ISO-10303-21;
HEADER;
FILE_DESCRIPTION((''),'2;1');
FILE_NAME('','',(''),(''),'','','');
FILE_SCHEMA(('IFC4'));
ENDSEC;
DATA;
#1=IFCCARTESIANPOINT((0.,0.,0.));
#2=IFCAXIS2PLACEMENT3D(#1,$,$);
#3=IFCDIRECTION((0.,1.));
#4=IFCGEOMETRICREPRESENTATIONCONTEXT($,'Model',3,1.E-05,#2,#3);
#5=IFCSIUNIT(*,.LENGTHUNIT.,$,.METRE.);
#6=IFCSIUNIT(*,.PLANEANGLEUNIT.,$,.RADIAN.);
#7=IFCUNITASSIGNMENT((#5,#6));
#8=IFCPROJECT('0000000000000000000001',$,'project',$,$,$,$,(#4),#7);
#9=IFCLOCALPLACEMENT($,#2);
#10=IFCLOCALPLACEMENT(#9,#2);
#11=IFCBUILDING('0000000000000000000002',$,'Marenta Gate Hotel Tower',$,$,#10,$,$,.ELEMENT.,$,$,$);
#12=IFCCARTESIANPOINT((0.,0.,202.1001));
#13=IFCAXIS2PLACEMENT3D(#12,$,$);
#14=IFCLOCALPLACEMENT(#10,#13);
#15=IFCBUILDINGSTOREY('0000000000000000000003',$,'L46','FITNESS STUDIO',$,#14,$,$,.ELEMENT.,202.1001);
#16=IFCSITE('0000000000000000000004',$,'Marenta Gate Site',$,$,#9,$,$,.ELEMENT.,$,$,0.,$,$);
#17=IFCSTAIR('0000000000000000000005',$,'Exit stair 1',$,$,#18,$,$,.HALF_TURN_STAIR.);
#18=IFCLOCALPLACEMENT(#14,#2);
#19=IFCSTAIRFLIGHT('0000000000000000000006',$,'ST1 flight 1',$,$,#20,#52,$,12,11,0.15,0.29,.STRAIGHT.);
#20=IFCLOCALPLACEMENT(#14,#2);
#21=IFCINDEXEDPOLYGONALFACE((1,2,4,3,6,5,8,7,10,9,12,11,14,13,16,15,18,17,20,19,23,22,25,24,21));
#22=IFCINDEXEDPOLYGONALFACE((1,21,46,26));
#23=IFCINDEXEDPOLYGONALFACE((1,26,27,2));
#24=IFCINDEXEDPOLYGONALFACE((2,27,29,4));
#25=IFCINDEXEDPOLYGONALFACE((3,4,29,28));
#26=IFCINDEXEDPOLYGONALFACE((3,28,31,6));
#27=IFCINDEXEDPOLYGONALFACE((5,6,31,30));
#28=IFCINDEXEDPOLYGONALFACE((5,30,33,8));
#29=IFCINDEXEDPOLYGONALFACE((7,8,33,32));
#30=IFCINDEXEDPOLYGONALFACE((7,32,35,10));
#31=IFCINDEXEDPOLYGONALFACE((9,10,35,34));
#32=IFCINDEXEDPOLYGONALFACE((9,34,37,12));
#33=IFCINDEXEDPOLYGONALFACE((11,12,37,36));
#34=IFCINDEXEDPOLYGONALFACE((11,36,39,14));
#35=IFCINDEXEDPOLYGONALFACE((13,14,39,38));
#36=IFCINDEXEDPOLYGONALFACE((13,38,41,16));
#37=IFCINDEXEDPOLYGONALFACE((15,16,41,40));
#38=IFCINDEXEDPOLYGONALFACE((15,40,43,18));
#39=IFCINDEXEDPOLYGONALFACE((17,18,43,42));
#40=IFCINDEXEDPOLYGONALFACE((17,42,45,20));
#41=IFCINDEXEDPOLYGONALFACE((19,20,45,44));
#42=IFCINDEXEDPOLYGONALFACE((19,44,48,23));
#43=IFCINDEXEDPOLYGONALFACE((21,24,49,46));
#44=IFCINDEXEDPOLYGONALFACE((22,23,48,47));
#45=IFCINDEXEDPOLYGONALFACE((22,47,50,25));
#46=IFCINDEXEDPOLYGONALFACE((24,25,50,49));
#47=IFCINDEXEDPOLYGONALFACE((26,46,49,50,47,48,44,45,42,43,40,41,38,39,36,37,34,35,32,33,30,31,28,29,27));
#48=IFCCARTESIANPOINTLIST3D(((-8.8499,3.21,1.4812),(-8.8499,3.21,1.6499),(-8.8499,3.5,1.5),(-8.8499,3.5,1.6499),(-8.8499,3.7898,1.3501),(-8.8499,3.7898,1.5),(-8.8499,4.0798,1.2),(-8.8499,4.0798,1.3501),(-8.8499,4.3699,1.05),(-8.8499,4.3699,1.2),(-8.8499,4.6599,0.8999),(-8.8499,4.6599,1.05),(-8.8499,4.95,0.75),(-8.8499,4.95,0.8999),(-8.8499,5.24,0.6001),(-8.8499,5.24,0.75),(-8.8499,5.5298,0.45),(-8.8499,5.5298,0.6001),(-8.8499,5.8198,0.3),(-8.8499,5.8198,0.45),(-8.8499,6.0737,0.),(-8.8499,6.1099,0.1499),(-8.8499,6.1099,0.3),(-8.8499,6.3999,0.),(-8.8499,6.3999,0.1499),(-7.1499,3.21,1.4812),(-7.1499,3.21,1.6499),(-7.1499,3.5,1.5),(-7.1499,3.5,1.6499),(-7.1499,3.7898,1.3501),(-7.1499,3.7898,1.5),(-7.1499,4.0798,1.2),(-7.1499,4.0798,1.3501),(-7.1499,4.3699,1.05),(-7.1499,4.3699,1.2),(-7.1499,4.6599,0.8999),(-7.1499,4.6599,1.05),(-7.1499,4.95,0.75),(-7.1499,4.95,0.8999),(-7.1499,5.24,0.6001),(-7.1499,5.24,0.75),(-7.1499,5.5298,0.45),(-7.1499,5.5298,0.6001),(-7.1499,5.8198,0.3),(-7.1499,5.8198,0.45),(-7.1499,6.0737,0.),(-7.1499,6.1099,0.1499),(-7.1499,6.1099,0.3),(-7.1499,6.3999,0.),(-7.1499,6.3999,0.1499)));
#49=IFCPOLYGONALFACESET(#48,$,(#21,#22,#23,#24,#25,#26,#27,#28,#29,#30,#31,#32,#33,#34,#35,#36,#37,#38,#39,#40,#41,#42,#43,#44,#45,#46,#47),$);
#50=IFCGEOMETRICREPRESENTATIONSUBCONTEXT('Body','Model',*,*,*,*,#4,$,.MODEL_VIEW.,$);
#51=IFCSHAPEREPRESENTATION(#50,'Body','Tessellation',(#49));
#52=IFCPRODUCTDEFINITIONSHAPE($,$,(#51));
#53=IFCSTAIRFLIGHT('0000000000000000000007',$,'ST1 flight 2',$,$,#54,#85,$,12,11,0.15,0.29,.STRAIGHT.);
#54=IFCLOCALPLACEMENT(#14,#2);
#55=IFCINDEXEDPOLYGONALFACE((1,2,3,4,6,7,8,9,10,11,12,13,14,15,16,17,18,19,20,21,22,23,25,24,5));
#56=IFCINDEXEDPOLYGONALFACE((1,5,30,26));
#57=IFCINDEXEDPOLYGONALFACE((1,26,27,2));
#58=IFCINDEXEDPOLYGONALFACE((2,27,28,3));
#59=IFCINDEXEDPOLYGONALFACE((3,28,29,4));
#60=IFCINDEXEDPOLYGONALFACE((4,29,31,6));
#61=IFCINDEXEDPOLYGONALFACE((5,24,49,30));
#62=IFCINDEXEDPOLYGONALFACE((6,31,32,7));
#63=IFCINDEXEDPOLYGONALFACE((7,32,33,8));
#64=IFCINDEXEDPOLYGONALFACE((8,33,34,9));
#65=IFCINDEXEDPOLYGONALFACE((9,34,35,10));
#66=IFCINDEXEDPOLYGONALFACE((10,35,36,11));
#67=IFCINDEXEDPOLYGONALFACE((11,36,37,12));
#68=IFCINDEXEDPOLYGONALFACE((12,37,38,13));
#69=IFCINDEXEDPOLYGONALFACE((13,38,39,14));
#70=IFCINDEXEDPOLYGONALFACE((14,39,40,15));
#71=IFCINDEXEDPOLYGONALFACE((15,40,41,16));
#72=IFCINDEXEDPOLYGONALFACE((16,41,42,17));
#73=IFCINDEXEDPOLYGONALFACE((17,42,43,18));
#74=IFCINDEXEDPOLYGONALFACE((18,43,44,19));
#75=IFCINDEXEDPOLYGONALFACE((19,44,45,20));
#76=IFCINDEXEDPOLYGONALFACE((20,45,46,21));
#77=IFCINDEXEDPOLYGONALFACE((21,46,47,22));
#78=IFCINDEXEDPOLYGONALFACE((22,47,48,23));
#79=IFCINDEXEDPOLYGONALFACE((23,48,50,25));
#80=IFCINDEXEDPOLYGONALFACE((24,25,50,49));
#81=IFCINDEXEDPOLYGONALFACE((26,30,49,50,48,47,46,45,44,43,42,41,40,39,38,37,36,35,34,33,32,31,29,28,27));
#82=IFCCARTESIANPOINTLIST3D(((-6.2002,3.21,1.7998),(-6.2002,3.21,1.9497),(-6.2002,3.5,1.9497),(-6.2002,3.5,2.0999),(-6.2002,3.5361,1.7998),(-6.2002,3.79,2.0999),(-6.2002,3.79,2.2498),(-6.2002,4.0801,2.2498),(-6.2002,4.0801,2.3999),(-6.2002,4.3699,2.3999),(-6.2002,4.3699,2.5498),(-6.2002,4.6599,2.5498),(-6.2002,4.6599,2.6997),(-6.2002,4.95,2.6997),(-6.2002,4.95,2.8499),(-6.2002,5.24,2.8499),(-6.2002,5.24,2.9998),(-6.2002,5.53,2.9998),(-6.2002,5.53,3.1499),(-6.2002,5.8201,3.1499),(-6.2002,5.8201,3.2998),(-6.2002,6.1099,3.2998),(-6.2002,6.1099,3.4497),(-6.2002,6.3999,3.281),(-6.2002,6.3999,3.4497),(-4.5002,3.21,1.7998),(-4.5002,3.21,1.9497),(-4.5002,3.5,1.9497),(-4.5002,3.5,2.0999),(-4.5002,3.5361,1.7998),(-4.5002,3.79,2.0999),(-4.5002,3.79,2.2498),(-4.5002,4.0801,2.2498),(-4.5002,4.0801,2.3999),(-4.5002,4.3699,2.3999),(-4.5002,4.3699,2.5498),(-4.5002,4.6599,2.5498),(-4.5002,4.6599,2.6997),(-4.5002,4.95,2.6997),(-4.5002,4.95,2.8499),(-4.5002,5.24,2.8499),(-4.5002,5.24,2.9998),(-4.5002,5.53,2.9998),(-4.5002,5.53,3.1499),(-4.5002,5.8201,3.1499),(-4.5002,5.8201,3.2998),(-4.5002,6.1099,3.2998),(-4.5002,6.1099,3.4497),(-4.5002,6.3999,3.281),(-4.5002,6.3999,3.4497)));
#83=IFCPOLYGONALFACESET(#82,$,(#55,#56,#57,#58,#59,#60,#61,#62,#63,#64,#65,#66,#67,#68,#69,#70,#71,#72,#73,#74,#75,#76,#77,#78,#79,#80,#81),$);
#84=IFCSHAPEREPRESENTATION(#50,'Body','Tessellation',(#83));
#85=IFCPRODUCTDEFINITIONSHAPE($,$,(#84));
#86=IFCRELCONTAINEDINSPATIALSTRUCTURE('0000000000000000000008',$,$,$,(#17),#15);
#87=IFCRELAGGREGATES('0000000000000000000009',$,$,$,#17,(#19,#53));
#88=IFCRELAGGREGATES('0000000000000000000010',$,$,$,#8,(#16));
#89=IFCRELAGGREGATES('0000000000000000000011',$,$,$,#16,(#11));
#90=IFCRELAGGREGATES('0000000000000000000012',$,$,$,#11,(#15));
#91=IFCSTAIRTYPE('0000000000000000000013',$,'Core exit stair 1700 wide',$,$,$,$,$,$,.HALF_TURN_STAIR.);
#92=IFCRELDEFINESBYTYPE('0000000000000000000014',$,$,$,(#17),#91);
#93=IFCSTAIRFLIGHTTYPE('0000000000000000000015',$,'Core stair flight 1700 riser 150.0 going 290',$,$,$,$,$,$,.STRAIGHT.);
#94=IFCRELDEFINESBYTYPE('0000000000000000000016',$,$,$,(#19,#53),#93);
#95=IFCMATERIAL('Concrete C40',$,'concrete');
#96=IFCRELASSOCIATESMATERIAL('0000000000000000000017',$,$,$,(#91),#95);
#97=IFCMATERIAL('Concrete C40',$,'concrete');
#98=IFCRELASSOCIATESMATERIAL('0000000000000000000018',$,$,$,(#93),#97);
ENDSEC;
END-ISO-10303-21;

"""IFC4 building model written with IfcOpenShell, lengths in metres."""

from ifc_helpers import new_model, si_unit, direction, frame, origin, place, context, subcontext, project, spatial, polyline, outline, extrude, material, type_object, element, aggregate, save


model = new_model("IFC4")

# Units and contexts
model_context = context("Model", 3, precision=1e-05, world=origin(), true_north=direction((0.0, 1.0)))
body_context = subcontext(model_context, "Body", "Model", "MODEL_VIEW")
ifc_project = project(units=[si_unit("LENGTHUNIT", "METRE"), si_unit("PLANEANGLEUNIT", "RADIAN")], contexts=[model_context])

# Site, building, storey
site_placement = place(None, origin())
site = spatial("IfcSite", under=ifc_project, at=site_placement, Name="Marenta Gate Site", CompositionType="ELEMENT", RefElevation=0.0)
building_placement = place(site_placement, origin())
building = spatial("IfcBuilding", under=site, at=building_placement, Name="Marenta Gate Hotel Tower", CompositionType="ELEMENT")
storey_placement = place(building_placement, frame((0.0, 0.0, 202.1001)))
storey = spatial("IfcBuildingStorey", under=building, at=storey_placement, Name="L46", Description="FITNESS STUDIO", CompositionType="ELEMENT", Elevation=202.1001)

# Stair, stair flights
ifc_material_1 = material(Name="Concrete C40", Category="concrete")
stair_type = type_object("IfcStairType", Name="Core exit stair 1700 wide", PredefinedType="HALF_TURN_STAIR", material=ifc_material_1)
stair_placement = place(storey_placement, origin())
stair = element("IfcStair", 1, at=stair_placement, inside=storey, type_object=stair_type, Name="Exit stair 1", PredefinedType="HALF_TURN_STAIR")
ifc_material_2 = material(Name="Concrete C40", Category="concrete")
stair_flight_type = type_object("IfcStairFlightType", Name="Core stair flight 1700 riser 150.0 going 290", PredefinedType="STRAIGHT", material=ifc_material_2)
stair_flight_1_placement = place(storey_placement, frame((-8.0, 6.3999, 0.0), z_axis=(0.0, 0.0, 1.0), x_axis=(0.0, -1.0, 0.0)))
stair_flight_1 = element("IfcStairFlight", 2, at=stair_flight_1_placement, type_object=stair_flight_type, Name="ST1 flight 1", NumberOfRisers=12, NumberOfTreads=11, PredefinedType="STRAIGHT", RiserHeight=0.15, TreadLength=0.29, context=body_context, shape_type="SweptSolid", body=[
    extrude(outline(polyline([(0.0, 0.0), (0.0, 0.1499), (0.29, 0.1499), (0.29, 0.3), (0.5801, 0.3), (0.5801, 0.45), (0.8701, 0.45), (0.8701, 0.6001), (1.1599, 0.6001), (1.1599, 0.75), (1.45, 0.75), (1.45, 0.8999), (1.74, 0.8999), (1.74, 1.05), (2.03, 1.05), (2.03, 1.2), (2.3201, 1.2), (2.3201, 1.3501), (2.6101, 1.3501), (2.6101, 1.5), (2.8999, 1.5), (2.8999, 1.6499), (3.1899, 1.6499), (3.1899, 1.8), (3.1899, 1.4812), (0.3262, 0.0), (0.0, 0.0)])), frame((0.0, 0.8501, 0.0), z_axis=(0.0, -1.0, 0.0), x_axis=(1.0, 0.0, 0.0)), (0.0, 0.0, 1.0), 1.7),
])
stair_flight_2_placement = place(storey_placement, frame((-5.3501, 3.21, 1.7998), z_axis=(0.0, 0.0, 1.0), x_axis=(0.0, 1.0, 0.0)))
stair_flight_2 = element("IfcStairFlight", 3, at=stair_flight_2_placement, type_object=stair_flight_type, Name="ST1 flight 2", NumberOfRisers=12, NumberOfTreads=11, PredefinedType="STRAIGHT", RiserHeight=0.15, TreadLength=0.29, context=body_context, shape_type="SweptSolid", body=[
    extrude(outline(polyline([(0.0, 0.0), (0.0, 0.1499), (0.29, 0.1499), (0.29, 0.3), (0.5801, 0.3), (0.5801, 0.45), (0.8701, 0.45), (0.8701, 0.6001), (1.1599, 0.6001), (1.1599, 0.75), (1.45, 0.75), (1.45, 0.8999), (1.74, 0.8999), (1.74, 1.05), (2.03, 1.05), (2.03, 1.2), (2.3201, 1.2), (2.3201, 1.3501), (2.6101, 1.3501), (2.6101, 1.5), (2.8999, 1.5), (2.8999, 1.6499), (3.1899, 1.6499), (3.1899, 1.8), (3.1899, 1.4812), (0.3262, 0.0), (0.0, 0.0)])), frame((0.0, 0.8501, 0.0), z_axis=(0.0, -1.0, 0.0), x_axis=(1.0, 0.0, 0.0)), (0.0, 0.0, 1.0), 1.7),
])
aggregate(stair, [stair_flight_1, stair_flight_2])

save(model, "model.ifc")
